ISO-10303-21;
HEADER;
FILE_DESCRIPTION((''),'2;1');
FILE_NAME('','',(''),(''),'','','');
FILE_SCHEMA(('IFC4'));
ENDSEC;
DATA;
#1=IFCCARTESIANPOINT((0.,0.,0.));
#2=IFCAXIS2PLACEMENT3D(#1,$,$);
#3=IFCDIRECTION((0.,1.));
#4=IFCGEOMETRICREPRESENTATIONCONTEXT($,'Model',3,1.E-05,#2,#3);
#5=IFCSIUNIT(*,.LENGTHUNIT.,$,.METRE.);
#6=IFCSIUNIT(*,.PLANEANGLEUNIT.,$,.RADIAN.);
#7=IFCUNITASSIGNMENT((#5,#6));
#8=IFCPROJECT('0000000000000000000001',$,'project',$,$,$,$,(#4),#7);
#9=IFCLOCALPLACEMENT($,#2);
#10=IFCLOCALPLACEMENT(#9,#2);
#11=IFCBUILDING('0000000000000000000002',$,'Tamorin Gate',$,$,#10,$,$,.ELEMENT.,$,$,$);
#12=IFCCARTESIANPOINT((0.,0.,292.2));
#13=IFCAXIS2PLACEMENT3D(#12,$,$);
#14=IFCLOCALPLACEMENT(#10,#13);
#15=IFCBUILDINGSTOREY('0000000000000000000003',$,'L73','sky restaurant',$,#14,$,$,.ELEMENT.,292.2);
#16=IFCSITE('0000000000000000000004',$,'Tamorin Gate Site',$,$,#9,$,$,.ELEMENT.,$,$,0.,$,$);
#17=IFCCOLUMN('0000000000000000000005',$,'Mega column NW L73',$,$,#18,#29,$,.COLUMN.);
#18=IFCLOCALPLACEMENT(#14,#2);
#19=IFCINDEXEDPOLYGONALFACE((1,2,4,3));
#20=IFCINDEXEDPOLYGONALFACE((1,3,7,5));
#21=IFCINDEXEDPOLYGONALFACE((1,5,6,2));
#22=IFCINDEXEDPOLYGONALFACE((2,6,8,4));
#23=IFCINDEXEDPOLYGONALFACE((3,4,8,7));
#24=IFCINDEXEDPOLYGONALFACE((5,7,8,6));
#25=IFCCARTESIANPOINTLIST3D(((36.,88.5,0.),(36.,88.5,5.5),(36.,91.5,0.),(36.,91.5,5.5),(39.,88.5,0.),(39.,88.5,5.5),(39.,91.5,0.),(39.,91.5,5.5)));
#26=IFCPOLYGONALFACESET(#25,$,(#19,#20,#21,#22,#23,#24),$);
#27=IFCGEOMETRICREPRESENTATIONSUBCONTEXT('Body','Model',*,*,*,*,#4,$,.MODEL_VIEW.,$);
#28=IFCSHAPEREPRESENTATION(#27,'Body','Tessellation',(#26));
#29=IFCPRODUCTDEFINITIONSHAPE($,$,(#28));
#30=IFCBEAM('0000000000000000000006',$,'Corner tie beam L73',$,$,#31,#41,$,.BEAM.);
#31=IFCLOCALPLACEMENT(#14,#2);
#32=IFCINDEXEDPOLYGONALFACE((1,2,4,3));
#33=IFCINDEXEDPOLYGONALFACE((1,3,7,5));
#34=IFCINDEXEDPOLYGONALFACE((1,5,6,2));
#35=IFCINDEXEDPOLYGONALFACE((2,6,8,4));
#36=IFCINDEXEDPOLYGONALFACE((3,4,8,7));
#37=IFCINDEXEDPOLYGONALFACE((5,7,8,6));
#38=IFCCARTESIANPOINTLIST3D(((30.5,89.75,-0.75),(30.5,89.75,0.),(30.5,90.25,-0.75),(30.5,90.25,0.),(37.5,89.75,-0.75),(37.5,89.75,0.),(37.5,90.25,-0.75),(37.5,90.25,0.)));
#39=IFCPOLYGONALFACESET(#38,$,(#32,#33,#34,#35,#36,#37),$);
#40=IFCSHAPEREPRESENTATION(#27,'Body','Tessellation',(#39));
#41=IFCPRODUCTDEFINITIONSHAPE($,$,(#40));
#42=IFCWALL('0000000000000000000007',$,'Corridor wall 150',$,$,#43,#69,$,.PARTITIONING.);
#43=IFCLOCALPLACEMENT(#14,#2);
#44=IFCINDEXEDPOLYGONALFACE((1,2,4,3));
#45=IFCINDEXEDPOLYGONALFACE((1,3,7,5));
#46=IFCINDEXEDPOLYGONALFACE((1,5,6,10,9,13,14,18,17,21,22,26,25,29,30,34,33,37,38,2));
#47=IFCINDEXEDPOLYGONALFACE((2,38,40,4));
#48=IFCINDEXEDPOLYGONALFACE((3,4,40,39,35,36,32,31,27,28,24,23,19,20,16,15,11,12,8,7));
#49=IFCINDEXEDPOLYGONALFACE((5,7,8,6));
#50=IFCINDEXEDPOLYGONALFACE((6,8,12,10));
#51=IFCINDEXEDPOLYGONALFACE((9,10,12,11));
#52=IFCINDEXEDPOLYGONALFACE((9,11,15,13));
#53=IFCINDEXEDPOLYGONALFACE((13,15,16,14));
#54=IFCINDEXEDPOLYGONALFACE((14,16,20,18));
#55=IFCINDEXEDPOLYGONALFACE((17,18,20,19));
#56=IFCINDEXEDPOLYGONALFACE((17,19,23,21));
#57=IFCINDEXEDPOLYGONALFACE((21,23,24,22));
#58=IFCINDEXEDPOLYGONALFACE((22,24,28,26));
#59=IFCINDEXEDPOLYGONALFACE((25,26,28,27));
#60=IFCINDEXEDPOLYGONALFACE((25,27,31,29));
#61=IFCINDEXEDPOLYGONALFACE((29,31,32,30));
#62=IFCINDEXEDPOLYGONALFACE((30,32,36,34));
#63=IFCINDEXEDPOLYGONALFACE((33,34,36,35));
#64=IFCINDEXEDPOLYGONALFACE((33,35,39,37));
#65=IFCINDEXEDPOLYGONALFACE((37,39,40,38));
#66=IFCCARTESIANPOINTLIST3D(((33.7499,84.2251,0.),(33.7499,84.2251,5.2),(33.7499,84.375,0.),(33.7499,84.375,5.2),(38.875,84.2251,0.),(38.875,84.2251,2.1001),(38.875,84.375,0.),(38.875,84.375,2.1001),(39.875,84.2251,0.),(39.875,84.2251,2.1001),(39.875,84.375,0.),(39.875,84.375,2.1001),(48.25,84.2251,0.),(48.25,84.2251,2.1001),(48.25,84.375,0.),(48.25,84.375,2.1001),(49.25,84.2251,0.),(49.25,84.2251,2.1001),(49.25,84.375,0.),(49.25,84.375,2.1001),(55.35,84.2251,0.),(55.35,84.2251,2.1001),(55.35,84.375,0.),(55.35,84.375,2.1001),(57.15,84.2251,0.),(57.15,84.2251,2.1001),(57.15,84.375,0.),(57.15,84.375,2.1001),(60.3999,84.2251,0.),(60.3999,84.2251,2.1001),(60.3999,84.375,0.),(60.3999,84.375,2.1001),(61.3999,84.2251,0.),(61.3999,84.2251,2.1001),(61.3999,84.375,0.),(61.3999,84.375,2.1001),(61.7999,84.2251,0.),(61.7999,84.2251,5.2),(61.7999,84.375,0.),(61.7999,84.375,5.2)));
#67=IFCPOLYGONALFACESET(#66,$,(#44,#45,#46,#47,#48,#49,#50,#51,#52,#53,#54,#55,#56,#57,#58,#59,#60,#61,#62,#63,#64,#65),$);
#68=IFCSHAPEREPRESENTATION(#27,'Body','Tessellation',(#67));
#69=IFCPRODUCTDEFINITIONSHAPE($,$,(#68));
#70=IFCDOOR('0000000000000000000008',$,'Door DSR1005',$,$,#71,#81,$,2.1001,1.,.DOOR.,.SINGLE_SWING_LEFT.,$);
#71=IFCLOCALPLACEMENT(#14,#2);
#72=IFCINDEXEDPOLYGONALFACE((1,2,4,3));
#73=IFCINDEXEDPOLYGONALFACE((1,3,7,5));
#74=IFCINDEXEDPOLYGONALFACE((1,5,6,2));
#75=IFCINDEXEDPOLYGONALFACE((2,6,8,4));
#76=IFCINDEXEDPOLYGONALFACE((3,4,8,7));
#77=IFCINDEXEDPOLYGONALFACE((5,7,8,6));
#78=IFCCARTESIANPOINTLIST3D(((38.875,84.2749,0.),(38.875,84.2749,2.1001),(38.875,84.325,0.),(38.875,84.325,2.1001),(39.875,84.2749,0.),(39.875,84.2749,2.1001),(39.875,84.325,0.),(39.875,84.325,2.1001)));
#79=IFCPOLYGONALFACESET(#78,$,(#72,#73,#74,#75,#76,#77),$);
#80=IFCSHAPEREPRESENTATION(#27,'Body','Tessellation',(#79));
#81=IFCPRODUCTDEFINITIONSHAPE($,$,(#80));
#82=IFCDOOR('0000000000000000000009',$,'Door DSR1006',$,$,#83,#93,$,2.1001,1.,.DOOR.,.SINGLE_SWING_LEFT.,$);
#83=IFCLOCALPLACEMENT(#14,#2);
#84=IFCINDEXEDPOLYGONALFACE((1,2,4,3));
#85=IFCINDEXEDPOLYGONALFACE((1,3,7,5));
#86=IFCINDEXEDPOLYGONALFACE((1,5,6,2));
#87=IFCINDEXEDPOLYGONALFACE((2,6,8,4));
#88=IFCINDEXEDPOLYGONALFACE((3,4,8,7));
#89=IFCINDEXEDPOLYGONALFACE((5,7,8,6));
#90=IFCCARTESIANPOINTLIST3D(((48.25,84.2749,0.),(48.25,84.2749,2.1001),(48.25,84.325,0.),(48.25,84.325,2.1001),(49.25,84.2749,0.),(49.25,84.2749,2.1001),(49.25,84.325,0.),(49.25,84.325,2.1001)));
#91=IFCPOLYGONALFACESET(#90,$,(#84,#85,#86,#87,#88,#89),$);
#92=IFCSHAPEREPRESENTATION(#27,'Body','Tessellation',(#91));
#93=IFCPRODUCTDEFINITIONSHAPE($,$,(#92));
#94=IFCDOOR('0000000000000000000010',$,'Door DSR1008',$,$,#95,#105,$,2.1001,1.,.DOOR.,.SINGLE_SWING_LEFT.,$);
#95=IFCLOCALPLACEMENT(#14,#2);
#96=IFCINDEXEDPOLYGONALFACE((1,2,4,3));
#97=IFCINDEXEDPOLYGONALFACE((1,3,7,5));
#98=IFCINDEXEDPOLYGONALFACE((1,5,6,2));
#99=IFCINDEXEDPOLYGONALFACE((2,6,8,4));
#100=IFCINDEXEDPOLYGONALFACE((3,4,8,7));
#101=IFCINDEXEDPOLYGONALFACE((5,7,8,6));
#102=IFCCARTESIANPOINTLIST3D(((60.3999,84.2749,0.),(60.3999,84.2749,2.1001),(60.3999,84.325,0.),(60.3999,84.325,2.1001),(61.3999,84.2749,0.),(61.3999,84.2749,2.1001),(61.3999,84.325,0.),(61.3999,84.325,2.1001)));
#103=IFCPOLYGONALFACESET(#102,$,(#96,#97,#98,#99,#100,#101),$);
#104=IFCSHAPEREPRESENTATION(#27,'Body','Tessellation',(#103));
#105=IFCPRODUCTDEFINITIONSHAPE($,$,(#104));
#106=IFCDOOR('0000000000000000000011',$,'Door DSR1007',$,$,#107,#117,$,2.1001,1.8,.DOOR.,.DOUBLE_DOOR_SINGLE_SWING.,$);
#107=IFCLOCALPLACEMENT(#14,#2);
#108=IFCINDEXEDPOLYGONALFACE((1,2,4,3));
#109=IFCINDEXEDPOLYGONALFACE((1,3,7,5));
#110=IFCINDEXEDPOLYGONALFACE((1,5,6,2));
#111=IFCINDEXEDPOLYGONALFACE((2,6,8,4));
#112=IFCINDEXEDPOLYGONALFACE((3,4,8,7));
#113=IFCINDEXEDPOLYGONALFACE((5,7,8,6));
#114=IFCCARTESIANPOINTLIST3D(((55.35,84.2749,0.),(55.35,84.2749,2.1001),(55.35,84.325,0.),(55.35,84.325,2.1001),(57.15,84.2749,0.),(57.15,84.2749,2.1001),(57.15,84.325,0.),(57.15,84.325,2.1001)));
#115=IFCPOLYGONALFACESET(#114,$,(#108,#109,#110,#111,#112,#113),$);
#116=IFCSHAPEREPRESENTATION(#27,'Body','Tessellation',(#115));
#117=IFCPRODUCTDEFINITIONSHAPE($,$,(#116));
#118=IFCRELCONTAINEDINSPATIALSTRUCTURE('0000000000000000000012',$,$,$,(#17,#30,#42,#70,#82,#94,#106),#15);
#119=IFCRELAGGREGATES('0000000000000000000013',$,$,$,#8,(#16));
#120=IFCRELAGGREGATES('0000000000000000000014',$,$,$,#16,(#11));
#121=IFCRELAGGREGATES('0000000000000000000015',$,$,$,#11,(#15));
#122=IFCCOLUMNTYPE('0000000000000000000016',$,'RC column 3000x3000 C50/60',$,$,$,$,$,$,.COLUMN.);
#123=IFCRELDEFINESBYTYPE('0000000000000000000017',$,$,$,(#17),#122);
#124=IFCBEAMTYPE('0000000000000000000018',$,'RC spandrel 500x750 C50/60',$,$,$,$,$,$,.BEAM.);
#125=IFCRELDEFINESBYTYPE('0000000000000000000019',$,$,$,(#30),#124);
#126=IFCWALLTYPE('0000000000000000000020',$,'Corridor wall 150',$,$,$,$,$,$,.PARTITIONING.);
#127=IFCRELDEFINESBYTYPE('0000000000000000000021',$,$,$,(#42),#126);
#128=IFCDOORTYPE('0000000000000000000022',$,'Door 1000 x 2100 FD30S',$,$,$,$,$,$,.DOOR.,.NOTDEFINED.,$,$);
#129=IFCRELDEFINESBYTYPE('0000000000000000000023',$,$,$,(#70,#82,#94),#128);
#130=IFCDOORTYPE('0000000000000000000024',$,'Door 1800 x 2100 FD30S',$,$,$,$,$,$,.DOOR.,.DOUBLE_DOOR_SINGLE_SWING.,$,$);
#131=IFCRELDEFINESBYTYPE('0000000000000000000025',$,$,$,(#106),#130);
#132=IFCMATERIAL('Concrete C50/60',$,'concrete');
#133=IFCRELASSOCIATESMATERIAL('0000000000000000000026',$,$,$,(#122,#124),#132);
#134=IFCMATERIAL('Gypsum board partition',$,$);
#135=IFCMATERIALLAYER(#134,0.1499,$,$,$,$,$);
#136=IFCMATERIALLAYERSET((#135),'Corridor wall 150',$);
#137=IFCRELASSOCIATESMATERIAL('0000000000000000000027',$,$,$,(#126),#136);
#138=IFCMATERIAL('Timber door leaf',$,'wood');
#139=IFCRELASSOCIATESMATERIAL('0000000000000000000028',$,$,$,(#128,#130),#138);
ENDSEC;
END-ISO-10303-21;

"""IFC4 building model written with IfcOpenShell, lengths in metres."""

from ifc_helpers import new_model, si_unit, direction, frame, frame_2d, origin, origin_2d, place, context, subcontext, project, spatial, rectangle, extrude, material, layer, layer_set, material_profile, profile_set, type_object, element, fill, save


model = new_model("IFC4")

# Units and contexts
model_context = context("Model", 3, precision=1e-05, world=origin(), true_north=direction((0.0, 1.0)))
body_context = subcontext(model_context, "Body", "Model", "MODEL_VIEW")
ifc_project = project(units=[si_unit("LENGTHUNIT", "METRE"), si_unit("PLANEANGLEUNIT", "RADIAN")], contexts=[model_context])

# Site, building, storey
site_placement = place(None, origin())
site = spatial("IfcSite", under=ifc_project, at=site_placement, Name="Tamorin Gate Site", CompositionType="ELEMENT", RefElevation=0.0)
building_placement = place(site_placement, origin())
building = spatial("IfcBuilding", under=site, at=building_placement, Name="Tamorin Gate", CompositionType="ELEMENT")
storey_placement = place(building_placement, frame((0.0, 0.0, 292.2)))
storey = spatial("IfcBuildingStorey", under=building, at=storey_placement, Name="L73", Description="sky restaurant", CompositionType="ELEMENT", Elevation=292.2)

# Column
ifc_material_1 = material(Name="Concrete C50/60", Category="concrete")
ifc_material_profile_1 = material_profile(ifc_material_1, rectangle(XDim=3.0, YDim=3.0, at=origin_2d()), Name="RC 3000x3000")
ifc_profile_set_1 = profile_set([ifc_material_profile_1], Name="Concrete C50/60")
column_type = type_object("IfcColumnType", Name="RC column 3000x3000 C50/60", PredefinedType="COLUMN", material=ifc_profile_set_1)
column_placement = place(storey_placement, frame((37.5, 90.0, 0.0), z_axis=(0.0, 0.0, 1.0), x_axis=(1.0, 0.0, 0.0)))
element("IfcColumn", 1, at=column_placement, inside=storey, type_object=column_type, Name="Mega column NW L73", PredefinedType="COLUMN", context=body_context, shape_type="SweptSolid", body=[
    extrude(rectangle(XDim=3.0, YDim=3.0, at=origin_2d()), origin(), (0.0, 0.0, 1.0), 5.5),
])

# Beam
ifc_material_profile_2 = material_profile(ifc_material_1, rectangle(XDim=0.5, YDim=0.75, at=origin_2d()), Name="RC 500x750")
ifc_profile_set_2 = profile_set([ifc_material_profile_2], Name="Concrete C50/60")
beam_type = type_object("IfcBeamType", Name="RC spandrel 500x750 C50/60", PredefinedType="BEAM", material=ifc_profile_set_2)
beam_placement = place(storey_placement, frame((37.5, 90.0, -0.375), z_axis=(-1.0, 0.0, 0.0), x_axis=(0.0, -1.0, 0.0)))
element("IfcBeam", 2, at=beam_placement, inside=storey, type_object=beam_type, Name="Corner tie beam L73", PredefinedType="BEAM", context=body_context, shape_type="SweptSolid", body=[
    extrude(rectangle(XDim=0.5, YDim=0.75, at=origin_2d()), origin(), (0.0, 0.0, 1.0), 7.0),
])

# Wall, openings, doors
ifc_material_2 = material(Name="Gypsum board partition")
ifc_layer_1 = layer(ifc_material_2, 0.1499)
ifc_layer_set_1 = layer_set([ifc_layer_1], Name="Corridor wall 150")
wall_type_1 = type_object("IfcWallType", Name="Corridor wall 150", PredefinedType="PARTITIONING", material=ifc_layer_set_1)
wall_1_placement = place(storey_placement, frame((33.75, 84.3, 0.0), z_axis=(0.0, 0.0, 1.0), x_axis=(1.0, 0.0, 0.0)))
wall_1 = element("IfcWall", 3, at=wall_1_placement, inside=storey, type_object=wall_type_1, Name="Corridor wall 150", PredefinedType="PARTITIONING", context=body_context, shape_type="SweptSolid", body=[
    extrude(rectangle(XDim=28.05, YDim=0.1499, at=frame_2d((14.0249, 0.0))), origin(), (0.0, 0.0, 1.0), 5.2),
])
opening_1_placement = place(wall_1_placement, frame((5.125, 0.0, 0.0)))
opening_1 = element("IfcOpeningElement", 4, at=opening_1_placement, cuts=wall_1, PredefinedType="OPENING", context=body_context, shape_type="SweptSolid", body=[
    extrude(rectangle(XDim=1.0, YDim=2.1001, at=frame_2d((0.5, 1.05))), frame((0.0, 0.085, 0.0), z_axis=(0.0, -1.0, 0.0), x_axis=(1.0, 0.0, 0.0)), (0.0, 0.0, 1.0), 0.1699),
])
opening_2_placement = place(wall_1_placement, frame((14.5, 0.0, 0.0)))
opening_2 = element("IfcOpeningElement", 5, at=opening_2_placement, cuts=wall_1, PredefinedType="OPENING", context=body_context, shape_type="SweptSolid", body=[
    extrude(rectangle(XDim=1.0, YDim=2.1001, at=frame_2d((0.5, 1.05))), frame((0.0, 0.085, 0.0), z_axis=(0.0, -1.0, 0.0), x_axis=(1.0, 0.0, 0.0)), (0.0, 0.0, 1.0), 0.1699),
])
opening_3_placement = place(wall_1_placement, frame((21.6001, 0.0, 0.0)))
opening_3 = element("IfcOpeningElement", 6, at=opening_3_placement, cuts=wall_1, PredefinedType="OPENING", context=body_context, shape_type="SweptSolid", body=[
    extrude(rectangle(XDim=1.8, YDim=2.1001, at=frame_2d((0.8999, 1.05))), frame((0.0, 0.085, 0.0), z_axis=(0.0, -1.0, 0.0), x_axis=(1.0, 0.0, 0.0)), (0.0, 0.0, 1.0), 0.1699),
])
opening_4_placement = place(wall_1_placement, frame((26.6499, 0.0, 0.0)))
opening_4 = element("IfcOpeningElement", 7, at=opening_4_placement, cuts=wall_1, PredefinedType="OPENING", context=body_context, shape_type="SweptSolid", body=[
    extrude(rectangle(XDim=1.0, YDim=2.1001, at=frame_2d((0.5, 1.05))), frame((0.0, 0.085, 0.0), z_axis=(0.0, -1.0, 0.0), x_axis=(1.0, 0.0, 0.0)), (0.0, 0.0, 1.0), 0.1699),
])
ifc_material_3 = material(Name="Timber door leaf", Category="wood")
door_type_1 = type_object("IfcDoorType", Name="Door 1000 x 2100 FD30S", OperationType="NOTDEFINED", PredefinedType="DOOR", material=ifc_material_3)
door_1_placement = place(opening_1_placement, origin())
door_1 = element("IfcDoor", 8, at=door_1_placement, inside=storey, type_object=door_type_1, Name="Door DSR1005", OperationType="SINGLE_SWING_LEFT", OverallHeight=2.1001, OverallWidth=1.0, PredefinedType="DOOR", context=body_context, shape_type="SweptSolid", body=[
    extrude(rectangle(XDim=1.0, YDim=2.1001, at=frame_2d((0.5, 1.05))), frame((0.0, 0.0249, 0.0), z_axis=(0.0, -1.0, 0.0), x_axis=(1.0, 0.0, 0.0)), (0.0, 0.0, 1.0), 0.05),
])
fill(opening_1, door_1)
door_2_placement = place(opening_2_placement, origin())
door_2 = element("IfcDoor", 9, at=door_2_placement, inside=storey, type_object=door_type_1, Name="Door DSR1006", OperationType="SINGLE_SWING_LEFT", OverallHeight=2.1001, OverallWidth=1.0, PredefinedType="DOOR", context=body_context, shape_type="SweptSolid", body=[
    extrude(rectangle(XDim=1.0, YDim=2.1001, at=frame_2d((0.5, 1.05))), frame((0.0, 0.0249, 0.0), z_axis=(0.0, -1.0, 0.0), x_axis=(1.0, 0.0, 0.0)), (0.0, 0.0, 1.0), 0.05),
])
fill(opening_2, door_2)
door_3_placement = place(opening_4_placement, origin())
door_3 = element("IfcDoor", 10, at=door_3_placement, inside=storey, type_object=door_type_1, Name="Door DSR1008", OperationType="SINGLE_SWING_LEFT", OverallHeight=2.1001, OverallWidth=1.0, PredefinedType="DOOR", context=body_context, shape_type="SweptSolid", body=[
    extrude(rectangle(XDim=1.0, YDim=2.1001, at=frame_2d((0.5, 1.05))), frame((0.0, 0.0249, 0.0), z_axis=(0.0, -1.0, 0.0), x_axis=(1.0, 0.0, 0.0)), (0.0, 0.0, 1.0), 0.05),
])
fill(opening_4, door_3)
door_type_2 = type_object("IfcDoorType", Name="Door 1800 x 2100 FD30S", OperationType="DOUBLE_DOOR_SINGLE_SWING", PredefinedType="DOOR", material=ifc_material_3)
door_4_placement = place(opening_3_placement, origin())
door_4 = element("IfcDoor", 11, at=door_4_placement, inside=storey, type_object=door_type_2, Name="Door DSR1007", OperationType="DOUBLE_DOOR_SINGLE_SWING", OverallHeight=2.1001, OverallWidth=1.8, PredefinedType="DOOR", context=body_context, shape_type="SweptSolid", body=[
    extrude(rectangle(XDim=1.8, YDim=2.1001, at=frame_2d((0.8999, 1.05))), frame((0.0, 0.0249, 0.0), z_axis=(0.0, -1.0, 0.0), x_axis=(1.0, 0.0, 0.0)), (0.0, 0.0, 1.0), 0.05),
])
fill(opening_3, door_4)

save(model, "model.ifc")
